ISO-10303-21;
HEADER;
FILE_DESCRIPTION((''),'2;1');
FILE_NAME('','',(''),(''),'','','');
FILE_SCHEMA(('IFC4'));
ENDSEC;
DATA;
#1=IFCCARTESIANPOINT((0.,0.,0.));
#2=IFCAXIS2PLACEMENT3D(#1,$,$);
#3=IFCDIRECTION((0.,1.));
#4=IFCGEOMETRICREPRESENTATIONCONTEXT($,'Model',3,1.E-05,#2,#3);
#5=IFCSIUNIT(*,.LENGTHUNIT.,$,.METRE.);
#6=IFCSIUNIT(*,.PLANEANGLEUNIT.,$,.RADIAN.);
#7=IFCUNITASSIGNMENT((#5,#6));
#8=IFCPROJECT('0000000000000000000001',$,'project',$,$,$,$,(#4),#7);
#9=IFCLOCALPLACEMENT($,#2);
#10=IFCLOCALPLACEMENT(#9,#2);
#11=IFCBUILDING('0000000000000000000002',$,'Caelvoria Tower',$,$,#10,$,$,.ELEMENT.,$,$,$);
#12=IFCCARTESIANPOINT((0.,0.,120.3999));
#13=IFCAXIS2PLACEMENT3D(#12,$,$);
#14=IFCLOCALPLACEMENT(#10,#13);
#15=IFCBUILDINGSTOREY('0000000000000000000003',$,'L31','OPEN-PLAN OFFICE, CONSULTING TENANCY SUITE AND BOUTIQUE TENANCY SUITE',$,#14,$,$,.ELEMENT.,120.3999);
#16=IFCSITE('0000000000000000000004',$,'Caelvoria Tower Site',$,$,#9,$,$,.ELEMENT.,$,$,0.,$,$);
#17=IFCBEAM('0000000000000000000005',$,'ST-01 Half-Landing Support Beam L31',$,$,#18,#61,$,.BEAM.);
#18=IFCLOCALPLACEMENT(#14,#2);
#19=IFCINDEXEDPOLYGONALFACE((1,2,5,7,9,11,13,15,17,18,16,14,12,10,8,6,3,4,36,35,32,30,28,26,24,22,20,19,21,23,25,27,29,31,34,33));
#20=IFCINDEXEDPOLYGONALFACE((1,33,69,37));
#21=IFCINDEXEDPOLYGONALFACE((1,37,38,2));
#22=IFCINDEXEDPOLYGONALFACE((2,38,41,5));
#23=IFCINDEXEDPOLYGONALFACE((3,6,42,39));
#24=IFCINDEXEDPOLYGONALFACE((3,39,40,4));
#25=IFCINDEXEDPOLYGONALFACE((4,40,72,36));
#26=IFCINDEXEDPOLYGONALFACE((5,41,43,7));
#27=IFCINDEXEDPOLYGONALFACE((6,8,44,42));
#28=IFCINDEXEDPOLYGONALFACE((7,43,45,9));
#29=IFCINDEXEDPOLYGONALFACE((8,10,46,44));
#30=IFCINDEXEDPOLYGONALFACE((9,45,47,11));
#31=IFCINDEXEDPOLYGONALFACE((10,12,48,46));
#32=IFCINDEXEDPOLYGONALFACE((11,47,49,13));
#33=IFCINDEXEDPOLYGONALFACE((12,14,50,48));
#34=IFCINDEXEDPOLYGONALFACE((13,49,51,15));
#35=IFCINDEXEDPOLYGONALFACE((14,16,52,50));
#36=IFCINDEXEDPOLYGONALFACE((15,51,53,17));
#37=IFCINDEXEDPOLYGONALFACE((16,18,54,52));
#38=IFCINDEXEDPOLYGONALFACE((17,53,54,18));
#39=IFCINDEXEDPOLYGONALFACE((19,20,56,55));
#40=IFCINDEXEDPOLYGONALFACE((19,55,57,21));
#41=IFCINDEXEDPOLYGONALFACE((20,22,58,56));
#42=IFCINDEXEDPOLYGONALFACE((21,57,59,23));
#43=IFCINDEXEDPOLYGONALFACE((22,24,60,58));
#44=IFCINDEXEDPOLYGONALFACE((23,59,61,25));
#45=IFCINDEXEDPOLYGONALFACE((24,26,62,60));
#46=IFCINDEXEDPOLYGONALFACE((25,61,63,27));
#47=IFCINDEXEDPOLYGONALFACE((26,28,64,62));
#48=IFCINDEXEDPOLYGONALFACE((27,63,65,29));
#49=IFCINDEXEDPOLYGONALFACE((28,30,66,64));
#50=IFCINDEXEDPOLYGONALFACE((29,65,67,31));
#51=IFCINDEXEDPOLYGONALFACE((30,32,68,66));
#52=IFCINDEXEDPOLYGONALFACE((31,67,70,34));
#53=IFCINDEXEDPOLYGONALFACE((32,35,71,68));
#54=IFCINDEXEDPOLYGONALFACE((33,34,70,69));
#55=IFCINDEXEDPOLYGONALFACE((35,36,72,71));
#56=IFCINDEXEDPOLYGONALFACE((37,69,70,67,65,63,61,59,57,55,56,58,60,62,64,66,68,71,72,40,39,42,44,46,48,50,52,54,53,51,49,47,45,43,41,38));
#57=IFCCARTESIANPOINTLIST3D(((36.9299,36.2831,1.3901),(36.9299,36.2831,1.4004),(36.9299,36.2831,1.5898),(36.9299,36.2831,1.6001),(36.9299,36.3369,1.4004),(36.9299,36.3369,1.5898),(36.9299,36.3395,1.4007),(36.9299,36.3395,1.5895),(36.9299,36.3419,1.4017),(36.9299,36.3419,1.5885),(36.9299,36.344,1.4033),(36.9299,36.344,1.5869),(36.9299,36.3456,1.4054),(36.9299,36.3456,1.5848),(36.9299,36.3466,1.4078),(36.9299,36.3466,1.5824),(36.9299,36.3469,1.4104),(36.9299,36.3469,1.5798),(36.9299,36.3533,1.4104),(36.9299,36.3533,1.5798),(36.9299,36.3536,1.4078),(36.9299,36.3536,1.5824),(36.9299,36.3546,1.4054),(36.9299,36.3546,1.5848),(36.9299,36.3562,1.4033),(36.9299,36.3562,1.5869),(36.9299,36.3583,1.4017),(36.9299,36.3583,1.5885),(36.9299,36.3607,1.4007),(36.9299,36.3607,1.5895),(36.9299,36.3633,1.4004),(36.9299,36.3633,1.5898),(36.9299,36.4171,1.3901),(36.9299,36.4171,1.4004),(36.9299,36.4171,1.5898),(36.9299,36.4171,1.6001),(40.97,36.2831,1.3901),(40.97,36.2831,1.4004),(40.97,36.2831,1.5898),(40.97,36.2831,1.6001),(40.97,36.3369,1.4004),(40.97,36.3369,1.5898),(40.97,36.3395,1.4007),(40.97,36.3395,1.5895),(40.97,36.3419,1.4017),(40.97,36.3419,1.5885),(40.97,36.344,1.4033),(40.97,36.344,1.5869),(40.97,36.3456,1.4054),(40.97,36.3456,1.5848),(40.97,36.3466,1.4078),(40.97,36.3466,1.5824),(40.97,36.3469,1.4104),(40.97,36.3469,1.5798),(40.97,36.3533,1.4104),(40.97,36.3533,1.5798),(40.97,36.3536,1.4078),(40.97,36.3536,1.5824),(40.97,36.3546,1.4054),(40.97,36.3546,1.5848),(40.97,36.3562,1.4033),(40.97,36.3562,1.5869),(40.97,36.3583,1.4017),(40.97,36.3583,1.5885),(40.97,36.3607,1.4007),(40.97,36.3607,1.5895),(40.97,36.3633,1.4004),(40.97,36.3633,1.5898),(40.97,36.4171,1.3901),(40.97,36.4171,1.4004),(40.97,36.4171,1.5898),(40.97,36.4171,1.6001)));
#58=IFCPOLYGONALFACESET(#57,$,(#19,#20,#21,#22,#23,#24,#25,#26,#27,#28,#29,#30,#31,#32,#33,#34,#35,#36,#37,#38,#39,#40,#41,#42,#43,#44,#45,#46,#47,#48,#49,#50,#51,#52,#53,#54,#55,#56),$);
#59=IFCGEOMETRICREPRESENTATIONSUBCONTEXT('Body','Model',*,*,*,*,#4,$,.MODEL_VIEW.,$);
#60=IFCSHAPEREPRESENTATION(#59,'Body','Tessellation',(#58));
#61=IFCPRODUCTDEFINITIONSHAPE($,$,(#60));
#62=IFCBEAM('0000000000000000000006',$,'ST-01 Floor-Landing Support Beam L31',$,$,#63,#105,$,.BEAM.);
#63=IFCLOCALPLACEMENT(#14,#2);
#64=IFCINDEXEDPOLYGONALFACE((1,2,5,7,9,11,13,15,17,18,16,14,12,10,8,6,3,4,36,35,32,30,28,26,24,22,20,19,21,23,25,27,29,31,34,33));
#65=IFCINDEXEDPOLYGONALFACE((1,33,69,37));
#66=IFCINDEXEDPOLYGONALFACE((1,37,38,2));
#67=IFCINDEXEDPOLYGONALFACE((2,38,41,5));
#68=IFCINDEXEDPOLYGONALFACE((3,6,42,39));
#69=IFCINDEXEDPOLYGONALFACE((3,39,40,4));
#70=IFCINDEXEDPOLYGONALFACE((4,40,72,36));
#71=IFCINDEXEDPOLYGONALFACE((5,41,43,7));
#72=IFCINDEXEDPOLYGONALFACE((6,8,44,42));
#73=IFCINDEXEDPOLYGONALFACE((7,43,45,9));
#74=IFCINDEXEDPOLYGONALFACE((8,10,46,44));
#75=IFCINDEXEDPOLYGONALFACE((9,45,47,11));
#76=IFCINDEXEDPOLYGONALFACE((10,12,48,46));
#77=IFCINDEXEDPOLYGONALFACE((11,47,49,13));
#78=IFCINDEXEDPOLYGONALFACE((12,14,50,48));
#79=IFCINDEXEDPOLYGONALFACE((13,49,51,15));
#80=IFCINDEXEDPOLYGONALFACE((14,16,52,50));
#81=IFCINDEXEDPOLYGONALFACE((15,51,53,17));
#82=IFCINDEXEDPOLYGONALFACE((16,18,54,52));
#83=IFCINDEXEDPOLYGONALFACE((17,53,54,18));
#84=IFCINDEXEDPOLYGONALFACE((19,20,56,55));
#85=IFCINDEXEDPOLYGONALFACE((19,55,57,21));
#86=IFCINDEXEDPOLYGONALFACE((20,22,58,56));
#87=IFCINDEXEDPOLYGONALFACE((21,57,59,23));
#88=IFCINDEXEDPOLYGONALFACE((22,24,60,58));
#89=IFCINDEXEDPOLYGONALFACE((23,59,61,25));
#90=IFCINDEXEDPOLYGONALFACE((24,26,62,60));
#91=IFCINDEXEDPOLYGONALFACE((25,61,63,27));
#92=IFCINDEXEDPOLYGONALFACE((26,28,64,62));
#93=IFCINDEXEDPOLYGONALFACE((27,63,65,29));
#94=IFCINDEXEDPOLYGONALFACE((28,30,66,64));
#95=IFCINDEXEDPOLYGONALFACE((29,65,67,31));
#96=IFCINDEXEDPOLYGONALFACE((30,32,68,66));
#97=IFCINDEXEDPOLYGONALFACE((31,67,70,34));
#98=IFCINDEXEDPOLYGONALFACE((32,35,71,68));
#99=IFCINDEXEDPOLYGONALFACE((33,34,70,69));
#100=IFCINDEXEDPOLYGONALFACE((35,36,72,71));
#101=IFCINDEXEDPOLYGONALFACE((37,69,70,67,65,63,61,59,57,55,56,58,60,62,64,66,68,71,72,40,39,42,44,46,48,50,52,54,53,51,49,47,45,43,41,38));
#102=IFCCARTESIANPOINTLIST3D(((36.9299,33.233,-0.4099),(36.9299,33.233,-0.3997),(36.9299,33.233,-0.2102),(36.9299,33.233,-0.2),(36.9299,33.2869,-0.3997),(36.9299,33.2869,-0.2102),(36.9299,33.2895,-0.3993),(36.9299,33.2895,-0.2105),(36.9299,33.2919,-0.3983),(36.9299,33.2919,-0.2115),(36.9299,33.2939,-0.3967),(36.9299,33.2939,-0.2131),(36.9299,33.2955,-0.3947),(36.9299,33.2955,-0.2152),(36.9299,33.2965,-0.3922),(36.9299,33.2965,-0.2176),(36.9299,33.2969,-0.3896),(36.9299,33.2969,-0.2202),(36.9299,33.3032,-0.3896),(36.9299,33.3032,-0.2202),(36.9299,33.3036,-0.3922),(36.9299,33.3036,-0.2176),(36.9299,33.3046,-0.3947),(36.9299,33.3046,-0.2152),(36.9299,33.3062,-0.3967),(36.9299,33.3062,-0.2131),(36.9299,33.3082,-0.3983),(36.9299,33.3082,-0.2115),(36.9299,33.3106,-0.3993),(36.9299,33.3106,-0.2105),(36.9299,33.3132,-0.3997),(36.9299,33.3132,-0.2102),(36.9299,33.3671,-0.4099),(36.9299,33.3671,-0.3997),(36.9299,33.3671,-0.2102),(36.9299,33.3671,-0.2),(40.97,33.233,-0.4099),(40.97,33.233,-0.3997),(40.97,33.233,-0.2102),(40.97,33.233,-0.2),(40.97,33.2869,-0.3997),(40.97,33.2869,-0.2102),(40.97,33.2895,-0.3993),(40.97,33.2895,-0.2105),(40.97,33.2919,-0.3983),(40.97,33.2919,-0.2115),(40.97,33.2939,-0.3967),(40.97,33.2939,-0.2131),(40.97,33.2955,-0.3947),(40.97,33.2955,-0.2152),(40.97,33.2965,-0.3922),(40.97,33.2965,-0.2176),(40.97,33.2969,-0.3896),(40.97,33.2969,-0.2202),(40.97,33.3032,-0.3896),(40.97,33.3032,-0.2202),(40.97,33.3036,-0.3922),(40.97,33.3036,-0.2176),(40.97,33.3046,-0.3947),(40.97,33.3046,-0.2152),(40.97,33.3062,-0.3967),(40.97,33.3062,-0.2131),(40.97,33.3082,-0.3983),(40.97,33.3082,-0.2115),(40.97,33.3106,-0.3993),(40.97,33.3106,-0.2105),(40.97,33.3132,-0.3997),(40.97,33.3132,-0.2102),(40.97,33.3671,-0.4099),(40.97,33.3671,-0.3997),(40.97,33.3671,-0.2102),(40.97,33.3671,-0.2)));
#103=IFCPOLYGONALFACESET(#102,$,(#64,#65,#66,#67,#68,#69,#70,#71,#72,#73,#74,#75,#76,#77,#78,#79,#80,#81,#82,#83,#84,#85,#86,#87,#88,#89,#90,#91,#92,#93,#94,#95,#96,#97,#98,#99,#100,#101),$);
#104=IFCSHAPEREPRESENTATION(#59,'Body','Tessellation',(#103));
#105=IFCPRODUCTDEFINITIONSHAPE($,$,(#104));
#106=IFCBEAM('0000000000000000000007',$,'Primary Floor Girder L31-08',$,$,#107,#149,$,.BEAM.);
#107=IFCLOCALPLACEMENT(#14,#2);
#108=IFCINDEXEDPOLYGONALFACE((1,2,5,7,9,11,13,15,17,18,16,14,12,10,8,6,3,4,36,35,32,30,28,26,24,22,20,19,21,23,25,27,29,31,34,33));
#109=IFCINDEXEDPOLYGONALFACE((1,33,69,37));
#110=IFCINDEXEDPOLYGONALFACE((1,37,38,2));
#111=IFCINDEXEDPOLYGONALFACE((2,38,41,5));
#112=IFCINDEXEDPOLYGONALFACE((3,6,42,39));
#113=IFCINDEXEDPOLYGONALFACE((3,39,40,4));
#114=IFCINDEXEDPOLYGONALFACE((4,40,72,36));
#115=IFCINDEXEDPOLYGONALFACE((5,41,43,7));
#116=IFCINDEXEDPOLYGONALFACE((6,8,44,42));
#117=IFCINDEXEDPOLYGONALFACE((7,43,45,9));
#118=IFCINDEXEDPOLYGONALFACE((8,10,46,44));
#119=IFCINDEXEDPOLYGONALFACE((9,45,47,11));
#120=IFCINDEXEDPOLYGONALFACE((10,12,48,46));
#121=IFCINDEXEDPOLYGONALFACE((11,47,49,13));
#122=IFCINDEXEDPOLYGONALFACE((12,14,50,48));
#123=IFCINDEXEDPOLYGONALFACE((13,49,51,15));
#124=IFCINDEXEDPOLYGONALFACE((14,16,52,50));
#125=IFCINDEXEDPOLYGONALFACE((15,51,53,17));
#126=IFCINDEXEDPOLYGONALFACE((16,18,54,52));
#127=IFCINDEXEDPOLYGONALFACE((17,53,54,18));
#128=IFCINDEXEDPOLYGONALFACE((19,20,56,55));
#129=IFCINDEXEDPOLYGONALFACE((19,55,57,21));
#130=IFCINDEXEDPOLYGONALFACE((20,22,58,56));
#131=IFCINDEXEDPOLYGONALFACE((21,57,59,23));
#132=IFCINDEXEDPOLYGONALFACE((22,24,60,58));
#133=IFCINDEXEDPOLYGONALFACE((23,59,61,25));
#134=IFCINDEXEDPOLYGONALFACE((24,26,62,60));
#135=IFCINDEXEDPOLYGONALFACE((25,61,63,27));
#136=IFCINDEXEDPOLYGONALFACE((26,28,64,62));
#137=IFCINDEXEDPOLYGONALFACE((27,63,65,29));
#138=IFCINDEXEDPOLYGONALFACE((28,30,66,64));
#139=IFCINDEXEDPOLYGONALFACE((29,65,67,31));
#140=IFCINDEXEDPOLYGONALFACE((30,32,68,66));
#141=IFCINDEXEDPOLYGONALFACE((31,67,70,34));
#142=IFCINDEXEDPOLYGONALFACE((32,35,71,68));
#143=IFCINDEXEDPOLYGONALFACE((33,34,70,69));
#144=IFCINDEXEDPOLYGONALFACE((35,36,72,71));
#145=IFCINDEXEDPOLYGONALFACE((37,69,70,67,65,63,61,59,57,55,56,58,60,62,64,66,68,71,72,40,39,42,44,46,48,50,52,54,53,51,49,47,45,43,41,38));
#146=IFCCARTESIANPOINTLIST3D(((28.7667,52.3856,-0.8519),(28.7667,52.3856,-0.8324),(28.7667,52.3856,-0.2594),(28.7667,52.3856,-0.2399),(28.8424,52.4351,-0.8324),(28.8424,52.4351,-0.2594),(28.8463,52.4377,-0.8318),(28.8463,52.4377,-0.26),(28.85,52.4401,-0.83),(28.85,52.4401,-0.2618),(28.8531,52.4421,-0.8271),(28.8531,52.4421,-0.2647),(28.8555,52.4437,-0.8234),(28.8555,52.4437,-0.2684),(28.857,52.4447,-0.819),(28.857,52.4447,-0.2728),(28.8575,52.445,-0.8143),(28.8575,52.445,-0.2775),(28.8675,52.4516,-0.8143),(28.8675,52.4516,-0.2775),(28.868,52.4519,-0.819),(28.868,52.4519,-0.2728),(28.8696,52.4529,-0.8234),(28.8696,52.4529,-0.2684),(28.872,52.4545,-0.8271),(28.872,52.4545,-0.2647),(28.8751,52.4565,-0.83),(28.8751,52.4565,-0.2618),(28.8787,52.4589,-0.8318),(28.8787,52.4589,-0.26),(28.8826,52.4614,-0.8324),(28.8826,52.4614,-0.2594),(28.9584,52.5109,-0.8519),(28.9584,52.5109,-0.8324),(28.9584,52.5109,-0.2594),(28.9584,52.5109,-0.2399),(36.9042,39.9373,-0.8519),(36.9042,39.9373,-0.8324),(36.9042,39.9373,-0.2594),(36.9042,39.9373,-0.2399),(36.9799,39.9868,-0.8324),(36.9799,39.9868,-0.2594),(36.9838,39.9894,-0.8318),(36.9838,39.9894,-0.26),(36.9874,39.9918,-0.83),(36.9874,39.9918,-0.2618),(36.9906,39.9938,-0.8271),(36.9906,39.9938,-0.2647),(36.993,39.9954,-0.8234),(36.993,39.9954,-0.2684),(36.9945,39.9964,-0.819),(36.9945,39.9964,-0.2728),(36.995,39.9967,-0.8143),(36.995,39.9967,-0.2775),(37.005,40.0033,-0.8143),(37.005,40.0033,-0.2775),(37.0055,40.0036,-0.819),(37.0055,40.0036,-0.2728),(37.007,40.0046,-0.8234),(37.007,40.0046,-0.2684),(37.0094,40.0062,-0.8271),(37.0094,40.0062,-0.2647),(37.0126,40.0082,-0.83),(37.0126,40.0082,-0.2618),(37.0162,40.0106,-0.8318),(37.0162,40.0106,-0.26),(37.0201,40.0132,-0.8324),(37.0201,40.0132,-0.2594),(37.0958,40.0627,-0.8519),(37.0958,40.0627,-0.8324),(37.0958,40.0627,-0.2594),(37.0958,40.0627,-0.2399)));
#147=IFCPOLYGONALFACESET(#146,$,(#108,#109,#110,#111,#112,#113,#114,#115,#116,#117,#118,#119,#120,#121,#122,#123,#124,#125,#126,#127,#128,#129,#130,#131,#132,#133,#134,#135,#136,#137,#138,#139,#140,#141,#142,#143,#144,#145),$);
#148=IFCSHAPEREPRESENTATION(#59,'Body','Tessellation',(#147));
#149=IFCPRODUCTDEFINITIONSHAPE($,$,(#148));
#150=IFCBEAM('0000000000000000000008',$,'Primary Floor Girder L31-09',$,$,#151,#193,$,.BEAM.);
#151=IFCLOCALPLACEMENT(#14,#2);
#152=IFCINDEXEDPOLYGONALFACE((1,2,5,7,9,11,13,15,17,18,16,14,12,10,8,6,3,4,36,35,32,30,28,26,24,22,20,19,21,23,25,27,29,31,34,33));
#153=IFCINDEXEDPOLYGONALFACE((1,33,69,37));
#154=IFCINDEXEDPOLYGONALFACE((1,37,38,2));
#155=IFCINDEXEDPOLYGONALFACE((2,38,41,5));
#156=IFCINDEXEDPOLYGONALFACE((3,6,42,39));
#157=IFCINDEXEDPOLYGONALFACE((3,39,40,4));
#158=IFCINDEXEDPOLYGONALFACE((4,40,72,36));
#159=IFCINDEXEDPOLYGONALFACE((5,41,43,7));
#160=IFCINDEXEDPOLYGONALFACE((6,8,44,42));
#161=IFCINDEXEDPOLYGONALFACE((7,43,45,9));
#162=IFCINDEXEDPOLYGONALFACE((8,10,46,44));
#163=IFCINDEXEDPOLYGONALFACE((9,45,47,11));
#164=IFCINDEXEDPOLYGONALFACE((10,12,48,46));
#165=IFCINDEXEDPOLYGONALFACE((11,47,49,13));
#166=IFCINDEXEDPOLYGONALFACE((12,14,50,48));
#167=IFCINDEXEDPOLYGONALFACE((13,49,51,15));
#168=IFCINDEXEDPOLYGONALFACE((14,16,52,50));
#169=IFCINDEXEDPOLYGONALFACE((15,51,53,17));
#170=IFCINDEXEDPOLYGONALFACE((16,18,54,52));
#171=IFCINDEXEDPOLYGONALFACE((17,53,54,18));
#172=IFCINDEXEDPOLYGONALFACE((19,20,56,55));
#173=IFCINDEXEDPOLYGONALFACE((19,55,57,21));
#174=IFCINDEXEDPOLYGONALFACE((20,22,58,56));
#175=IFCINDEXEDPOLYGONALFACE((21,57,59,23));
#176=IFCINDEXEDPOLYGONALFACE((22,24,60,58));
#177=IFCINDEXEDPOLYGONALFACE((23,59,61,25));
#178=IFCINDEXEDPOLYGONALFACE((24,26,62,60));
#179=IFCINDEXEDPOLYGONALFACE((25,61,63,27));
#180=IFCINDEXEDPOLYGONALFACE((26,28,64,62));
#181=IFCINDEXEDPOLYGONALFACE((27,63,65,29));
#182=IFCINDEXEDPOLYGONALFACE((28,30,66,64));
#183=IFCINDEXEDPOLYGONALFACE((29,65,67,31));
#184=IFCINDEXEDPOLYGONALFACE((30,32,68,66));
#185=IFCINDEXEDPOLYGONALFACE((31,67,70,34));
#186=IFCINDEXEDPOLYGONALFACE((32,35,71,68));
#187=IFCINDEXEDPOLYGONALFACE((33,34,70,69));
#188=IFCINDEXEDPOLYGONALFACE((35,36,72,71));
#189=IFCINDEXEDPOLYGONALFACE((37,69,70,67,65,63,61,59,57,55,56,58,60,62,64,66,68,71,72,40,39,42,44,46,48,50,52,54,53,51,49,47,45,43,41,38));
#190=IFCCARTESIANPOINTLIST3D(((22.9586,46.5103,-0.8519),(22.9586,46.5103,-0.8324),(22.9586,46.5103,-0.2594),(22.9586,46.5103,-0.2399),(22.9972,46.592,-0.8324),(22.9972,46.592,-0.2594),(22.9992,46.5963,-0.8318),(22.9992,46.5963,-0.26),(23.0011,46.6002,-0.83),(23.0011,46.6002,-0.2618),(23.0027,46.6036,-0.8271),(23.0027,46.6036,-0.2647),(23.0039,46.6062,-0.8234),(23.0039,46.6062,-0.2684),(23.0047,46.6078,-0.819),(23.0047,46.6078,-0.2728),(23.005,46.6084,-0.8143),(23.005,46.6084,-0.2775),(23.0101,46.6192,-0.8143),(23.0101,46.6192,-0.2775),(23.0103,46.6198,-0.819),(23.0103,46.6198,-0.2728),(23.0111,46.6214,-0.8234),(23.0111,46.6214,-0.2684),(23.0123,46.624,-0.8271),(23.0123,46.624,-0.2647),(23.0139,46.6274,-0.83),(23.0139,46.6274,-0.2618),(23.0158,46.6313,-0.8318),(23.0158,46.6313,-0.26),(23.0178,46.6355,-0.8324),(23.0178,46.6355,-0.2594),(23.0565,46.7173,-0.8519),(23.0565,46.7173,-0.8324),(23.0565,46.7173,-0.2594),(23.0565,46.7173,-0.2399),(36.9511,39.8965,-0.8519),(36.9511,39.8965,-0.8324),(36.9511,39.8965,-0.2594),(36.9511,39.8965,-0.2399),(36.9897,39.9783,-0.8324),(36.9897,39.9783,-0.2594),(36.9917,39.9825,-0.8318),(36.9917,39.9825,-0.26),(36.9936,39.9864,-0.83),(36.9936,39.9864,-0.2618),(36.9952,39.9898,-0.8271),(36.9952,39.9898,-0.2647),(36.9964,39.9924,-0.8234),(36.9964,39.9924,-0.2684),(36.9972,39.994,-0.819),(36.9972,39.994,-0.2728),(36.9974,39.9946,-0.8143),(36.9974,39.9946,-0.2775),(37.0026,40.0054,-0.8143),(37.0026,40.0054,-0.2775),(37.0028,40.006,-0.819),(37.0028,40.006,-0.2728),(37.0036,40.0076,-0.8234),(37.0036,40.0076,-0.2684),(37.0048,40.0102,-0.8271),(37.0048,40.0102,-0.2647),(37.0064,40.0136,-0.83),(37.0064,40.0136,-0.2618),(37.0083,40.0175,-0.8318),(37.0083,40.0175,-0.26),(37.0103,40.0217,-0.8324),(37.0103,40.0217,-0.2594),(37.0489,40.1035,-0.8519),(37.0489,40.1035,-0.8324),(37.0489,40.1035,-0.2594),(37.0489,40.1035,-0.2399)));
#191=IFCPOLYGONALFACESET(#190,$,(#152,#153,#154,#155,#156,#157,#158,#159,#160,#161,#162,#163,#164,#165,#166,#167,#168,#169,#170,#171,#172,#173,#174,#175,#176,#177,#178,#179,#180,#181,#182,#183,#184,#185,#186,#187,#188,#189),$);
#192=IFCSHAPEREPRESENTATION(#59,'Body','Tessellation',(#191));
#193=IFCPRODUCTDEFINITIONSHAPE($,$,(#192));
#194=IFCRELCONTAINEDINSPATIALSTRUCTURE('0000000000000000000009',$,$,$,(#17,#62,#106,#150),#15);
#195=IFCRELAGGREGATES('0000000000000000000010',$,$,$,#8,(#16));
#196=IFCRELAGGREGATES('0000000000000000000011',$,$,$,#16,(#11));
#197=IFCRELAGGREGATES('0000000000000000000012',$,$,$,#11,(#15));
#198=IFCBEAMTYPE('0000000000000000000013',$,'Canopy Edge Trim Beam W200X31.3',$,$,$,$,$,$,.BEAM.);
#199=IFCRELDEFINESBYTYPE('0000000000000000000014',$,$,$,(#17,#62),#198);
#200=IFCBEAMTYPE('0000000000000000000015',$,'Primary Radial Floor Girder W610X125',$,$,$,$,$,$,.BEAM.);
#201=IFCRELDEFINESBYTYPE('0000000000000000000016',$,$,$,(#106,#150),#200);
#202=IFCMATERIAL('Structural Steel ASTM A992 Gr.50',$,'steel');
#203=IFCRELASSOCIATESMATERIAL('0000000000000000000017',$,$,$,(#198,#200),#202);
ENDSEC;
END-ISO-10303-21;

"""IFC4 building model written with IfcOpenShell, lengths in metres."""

from ifc_helpers import new_model, si_unit, direction, frame, origin, origin_2d, place, context, subcontext, project, spatial, i_section, extrude, material, material_profile, profile_set, type_object, element, save


model = new_model("IFC4")

# Units and contexts
model_context = context("Model", 3, precision=1e-05, world=origin(), true_north=direction((0.0, 1.0)))
body_context = subcontext(model_context, "Body", "Model", "MODEL_VIEW")
ifc_project = project(units=[si_unit("LENGTHUNIT", "METRE"), si_unit("PLANEANGLEUNIT", "RADIAN")], contexts=[model_context])

# Site, building, storey
site_placement = place(None, origin())
site = spatial("IfcSite", under=ifc_project, at=site_placement, Name="Caelvoria Tower Site", CompositionType="ELEMENT", RefElevation=0.0)
building_placement = place(site_placement, origin())
building = spatial("IfcBuilding", under=site, at=building_placement, Name="Caelvoria Tower", CompositionType="ELEMENT")
storey_placement = place(building_placement, frame((0.0, 0.0, 120.3999)))
storey = spatial("IfcBuildingStorey", under=building, at=storey_placement, Name="L31", Description="OPEN-PLAN OFFICE, CONSULTING TENANCY SUITE AND BOUTIQUE TENANCY SUITE", CompositionType="ELEMENT", Elevation=120.3999)

# Beams
ifc_material_1 = material(Name="Structural Steel ASTM A992 Gr.50", Category="steel")
ifc_material_profile_1 = material_profile(ifc_material_1, i_section(OverallWidth=0.134, OverallDepth=0.21, WebThickness=0.0063, FlangeThickness=0.0103, FilletRadius=0.01, at=origin_2d()), Name="Structural Steel ASTM A992 Gr.50")
ifc_profile_set_1 = profile_set([ifc_material_profile_1], Name="W200X31.3 - Structural Steel ASTM A992 Gr.50")
beam_type_1 = type_object("IfcBeamType", Name="Canopy Edge Trim Beam W200X31.3", PredefinedType="BEAM", material=ifc_profile_set_1)
for number, where, z_axis, x_axis, name in (
    (1, (36.9299, 36.3501, 1.4951), (1.0, 0.0, 0.0), (0.0, 1.0, 0.0), "ST-01 Half-Landing Support Beam L31"),
    (2, (36.9299, 33.3, -0.3049), (1.0, 0.0, 0.0), (0.0, 1.0, 0.0), "ST-01 Floor-Landing Support Beam L31"),
):
    element("IfcBeam", number, at=place(storey_placement, frame(where, z_axis=z_axis, x_axis=x_axis)), inside=storey, type_object=beam_type_1, Name=name, PredefinedType="BEAM", context=body_context, shape_type="SweptSolid", body=[
        extrude(i_section(OverallWidth=0.134, OverallDepth=0.21, WebThickness=0.0063, FlangeThickness=0.0103, FilletRadius=0.01, at=origin_2d()), origin(), (0.0, 0.0, 1.0), 4.04),
    ])
ifc_material_profile_2 = material_profile(ifc_material_1, i_section(OverallWidth=0.229, OverallDepth=0.6121, WebThickness=0.012, FlangeThickness=0.0195, FilletRadius=0.0181, at=origin_2d()), Name="Structural Steel ASTM A992 Gr.50")
ifc_profile_set_2 = profile_set([ifc_material_profile_2], Name="W610X125 - Structural Steel ASTM A992 Gr.50")
beam_type_2 = type_object("IfcBeamType", Name="Primary Radial Floor Girder W610X125", PredefinedType="BEAM", material=ifc_profile_set_2)
beam_1_placement = place(storey_placement, frame((37.0, 40.0, -0.5459), z_axis=(-0.547165, 0.837025, 0.0), x_axis=(-0.837025, -0.547165, 0.0)))
element("IfcBeam", 3, at=beam_1_placement, inside=storey, type_object=beam_type_2, Name="Primary Floor Girder L31-08", PredefinedType="BEAM", context=body_context, shape_type="SweptSolid", body=[
    extrude(i_section(OverallWidth=0.229, OverallDepth=0.6121, WebThickness=0.012, FlangeThickness=0.0195, FilletRadius=0.0181, at=origin_2d()), origin(), (0.0, 0.0, 1.0), 14.8721),
])
beam_2_placement = place(storey_placement, frame((37.0, 40.0, -0.5459), z_axis=(-0.904093, 0.427336, 0.0), x_axis=(-0.427336, -0.904093, 0.0)))
element("IfcBeam", 4, at=beam_2_placement, inside=storey, type_object=beam_type_2, Name="Primary Floor Girder L31-09", PredefinedType="BEAM", context=body_context, shape_type="SweptSolid", body=[
    extrude(i_section(OverallWidth=0.229, OverallDepth=0.6121, WebThickness=0.012, FlangeThickness=0.0195, FilletRadius=0.0181, at=origin_2d()), origin(), (0.0, 0.0, 1.0), 15.4768),
])

save(model, "model.ifc")
